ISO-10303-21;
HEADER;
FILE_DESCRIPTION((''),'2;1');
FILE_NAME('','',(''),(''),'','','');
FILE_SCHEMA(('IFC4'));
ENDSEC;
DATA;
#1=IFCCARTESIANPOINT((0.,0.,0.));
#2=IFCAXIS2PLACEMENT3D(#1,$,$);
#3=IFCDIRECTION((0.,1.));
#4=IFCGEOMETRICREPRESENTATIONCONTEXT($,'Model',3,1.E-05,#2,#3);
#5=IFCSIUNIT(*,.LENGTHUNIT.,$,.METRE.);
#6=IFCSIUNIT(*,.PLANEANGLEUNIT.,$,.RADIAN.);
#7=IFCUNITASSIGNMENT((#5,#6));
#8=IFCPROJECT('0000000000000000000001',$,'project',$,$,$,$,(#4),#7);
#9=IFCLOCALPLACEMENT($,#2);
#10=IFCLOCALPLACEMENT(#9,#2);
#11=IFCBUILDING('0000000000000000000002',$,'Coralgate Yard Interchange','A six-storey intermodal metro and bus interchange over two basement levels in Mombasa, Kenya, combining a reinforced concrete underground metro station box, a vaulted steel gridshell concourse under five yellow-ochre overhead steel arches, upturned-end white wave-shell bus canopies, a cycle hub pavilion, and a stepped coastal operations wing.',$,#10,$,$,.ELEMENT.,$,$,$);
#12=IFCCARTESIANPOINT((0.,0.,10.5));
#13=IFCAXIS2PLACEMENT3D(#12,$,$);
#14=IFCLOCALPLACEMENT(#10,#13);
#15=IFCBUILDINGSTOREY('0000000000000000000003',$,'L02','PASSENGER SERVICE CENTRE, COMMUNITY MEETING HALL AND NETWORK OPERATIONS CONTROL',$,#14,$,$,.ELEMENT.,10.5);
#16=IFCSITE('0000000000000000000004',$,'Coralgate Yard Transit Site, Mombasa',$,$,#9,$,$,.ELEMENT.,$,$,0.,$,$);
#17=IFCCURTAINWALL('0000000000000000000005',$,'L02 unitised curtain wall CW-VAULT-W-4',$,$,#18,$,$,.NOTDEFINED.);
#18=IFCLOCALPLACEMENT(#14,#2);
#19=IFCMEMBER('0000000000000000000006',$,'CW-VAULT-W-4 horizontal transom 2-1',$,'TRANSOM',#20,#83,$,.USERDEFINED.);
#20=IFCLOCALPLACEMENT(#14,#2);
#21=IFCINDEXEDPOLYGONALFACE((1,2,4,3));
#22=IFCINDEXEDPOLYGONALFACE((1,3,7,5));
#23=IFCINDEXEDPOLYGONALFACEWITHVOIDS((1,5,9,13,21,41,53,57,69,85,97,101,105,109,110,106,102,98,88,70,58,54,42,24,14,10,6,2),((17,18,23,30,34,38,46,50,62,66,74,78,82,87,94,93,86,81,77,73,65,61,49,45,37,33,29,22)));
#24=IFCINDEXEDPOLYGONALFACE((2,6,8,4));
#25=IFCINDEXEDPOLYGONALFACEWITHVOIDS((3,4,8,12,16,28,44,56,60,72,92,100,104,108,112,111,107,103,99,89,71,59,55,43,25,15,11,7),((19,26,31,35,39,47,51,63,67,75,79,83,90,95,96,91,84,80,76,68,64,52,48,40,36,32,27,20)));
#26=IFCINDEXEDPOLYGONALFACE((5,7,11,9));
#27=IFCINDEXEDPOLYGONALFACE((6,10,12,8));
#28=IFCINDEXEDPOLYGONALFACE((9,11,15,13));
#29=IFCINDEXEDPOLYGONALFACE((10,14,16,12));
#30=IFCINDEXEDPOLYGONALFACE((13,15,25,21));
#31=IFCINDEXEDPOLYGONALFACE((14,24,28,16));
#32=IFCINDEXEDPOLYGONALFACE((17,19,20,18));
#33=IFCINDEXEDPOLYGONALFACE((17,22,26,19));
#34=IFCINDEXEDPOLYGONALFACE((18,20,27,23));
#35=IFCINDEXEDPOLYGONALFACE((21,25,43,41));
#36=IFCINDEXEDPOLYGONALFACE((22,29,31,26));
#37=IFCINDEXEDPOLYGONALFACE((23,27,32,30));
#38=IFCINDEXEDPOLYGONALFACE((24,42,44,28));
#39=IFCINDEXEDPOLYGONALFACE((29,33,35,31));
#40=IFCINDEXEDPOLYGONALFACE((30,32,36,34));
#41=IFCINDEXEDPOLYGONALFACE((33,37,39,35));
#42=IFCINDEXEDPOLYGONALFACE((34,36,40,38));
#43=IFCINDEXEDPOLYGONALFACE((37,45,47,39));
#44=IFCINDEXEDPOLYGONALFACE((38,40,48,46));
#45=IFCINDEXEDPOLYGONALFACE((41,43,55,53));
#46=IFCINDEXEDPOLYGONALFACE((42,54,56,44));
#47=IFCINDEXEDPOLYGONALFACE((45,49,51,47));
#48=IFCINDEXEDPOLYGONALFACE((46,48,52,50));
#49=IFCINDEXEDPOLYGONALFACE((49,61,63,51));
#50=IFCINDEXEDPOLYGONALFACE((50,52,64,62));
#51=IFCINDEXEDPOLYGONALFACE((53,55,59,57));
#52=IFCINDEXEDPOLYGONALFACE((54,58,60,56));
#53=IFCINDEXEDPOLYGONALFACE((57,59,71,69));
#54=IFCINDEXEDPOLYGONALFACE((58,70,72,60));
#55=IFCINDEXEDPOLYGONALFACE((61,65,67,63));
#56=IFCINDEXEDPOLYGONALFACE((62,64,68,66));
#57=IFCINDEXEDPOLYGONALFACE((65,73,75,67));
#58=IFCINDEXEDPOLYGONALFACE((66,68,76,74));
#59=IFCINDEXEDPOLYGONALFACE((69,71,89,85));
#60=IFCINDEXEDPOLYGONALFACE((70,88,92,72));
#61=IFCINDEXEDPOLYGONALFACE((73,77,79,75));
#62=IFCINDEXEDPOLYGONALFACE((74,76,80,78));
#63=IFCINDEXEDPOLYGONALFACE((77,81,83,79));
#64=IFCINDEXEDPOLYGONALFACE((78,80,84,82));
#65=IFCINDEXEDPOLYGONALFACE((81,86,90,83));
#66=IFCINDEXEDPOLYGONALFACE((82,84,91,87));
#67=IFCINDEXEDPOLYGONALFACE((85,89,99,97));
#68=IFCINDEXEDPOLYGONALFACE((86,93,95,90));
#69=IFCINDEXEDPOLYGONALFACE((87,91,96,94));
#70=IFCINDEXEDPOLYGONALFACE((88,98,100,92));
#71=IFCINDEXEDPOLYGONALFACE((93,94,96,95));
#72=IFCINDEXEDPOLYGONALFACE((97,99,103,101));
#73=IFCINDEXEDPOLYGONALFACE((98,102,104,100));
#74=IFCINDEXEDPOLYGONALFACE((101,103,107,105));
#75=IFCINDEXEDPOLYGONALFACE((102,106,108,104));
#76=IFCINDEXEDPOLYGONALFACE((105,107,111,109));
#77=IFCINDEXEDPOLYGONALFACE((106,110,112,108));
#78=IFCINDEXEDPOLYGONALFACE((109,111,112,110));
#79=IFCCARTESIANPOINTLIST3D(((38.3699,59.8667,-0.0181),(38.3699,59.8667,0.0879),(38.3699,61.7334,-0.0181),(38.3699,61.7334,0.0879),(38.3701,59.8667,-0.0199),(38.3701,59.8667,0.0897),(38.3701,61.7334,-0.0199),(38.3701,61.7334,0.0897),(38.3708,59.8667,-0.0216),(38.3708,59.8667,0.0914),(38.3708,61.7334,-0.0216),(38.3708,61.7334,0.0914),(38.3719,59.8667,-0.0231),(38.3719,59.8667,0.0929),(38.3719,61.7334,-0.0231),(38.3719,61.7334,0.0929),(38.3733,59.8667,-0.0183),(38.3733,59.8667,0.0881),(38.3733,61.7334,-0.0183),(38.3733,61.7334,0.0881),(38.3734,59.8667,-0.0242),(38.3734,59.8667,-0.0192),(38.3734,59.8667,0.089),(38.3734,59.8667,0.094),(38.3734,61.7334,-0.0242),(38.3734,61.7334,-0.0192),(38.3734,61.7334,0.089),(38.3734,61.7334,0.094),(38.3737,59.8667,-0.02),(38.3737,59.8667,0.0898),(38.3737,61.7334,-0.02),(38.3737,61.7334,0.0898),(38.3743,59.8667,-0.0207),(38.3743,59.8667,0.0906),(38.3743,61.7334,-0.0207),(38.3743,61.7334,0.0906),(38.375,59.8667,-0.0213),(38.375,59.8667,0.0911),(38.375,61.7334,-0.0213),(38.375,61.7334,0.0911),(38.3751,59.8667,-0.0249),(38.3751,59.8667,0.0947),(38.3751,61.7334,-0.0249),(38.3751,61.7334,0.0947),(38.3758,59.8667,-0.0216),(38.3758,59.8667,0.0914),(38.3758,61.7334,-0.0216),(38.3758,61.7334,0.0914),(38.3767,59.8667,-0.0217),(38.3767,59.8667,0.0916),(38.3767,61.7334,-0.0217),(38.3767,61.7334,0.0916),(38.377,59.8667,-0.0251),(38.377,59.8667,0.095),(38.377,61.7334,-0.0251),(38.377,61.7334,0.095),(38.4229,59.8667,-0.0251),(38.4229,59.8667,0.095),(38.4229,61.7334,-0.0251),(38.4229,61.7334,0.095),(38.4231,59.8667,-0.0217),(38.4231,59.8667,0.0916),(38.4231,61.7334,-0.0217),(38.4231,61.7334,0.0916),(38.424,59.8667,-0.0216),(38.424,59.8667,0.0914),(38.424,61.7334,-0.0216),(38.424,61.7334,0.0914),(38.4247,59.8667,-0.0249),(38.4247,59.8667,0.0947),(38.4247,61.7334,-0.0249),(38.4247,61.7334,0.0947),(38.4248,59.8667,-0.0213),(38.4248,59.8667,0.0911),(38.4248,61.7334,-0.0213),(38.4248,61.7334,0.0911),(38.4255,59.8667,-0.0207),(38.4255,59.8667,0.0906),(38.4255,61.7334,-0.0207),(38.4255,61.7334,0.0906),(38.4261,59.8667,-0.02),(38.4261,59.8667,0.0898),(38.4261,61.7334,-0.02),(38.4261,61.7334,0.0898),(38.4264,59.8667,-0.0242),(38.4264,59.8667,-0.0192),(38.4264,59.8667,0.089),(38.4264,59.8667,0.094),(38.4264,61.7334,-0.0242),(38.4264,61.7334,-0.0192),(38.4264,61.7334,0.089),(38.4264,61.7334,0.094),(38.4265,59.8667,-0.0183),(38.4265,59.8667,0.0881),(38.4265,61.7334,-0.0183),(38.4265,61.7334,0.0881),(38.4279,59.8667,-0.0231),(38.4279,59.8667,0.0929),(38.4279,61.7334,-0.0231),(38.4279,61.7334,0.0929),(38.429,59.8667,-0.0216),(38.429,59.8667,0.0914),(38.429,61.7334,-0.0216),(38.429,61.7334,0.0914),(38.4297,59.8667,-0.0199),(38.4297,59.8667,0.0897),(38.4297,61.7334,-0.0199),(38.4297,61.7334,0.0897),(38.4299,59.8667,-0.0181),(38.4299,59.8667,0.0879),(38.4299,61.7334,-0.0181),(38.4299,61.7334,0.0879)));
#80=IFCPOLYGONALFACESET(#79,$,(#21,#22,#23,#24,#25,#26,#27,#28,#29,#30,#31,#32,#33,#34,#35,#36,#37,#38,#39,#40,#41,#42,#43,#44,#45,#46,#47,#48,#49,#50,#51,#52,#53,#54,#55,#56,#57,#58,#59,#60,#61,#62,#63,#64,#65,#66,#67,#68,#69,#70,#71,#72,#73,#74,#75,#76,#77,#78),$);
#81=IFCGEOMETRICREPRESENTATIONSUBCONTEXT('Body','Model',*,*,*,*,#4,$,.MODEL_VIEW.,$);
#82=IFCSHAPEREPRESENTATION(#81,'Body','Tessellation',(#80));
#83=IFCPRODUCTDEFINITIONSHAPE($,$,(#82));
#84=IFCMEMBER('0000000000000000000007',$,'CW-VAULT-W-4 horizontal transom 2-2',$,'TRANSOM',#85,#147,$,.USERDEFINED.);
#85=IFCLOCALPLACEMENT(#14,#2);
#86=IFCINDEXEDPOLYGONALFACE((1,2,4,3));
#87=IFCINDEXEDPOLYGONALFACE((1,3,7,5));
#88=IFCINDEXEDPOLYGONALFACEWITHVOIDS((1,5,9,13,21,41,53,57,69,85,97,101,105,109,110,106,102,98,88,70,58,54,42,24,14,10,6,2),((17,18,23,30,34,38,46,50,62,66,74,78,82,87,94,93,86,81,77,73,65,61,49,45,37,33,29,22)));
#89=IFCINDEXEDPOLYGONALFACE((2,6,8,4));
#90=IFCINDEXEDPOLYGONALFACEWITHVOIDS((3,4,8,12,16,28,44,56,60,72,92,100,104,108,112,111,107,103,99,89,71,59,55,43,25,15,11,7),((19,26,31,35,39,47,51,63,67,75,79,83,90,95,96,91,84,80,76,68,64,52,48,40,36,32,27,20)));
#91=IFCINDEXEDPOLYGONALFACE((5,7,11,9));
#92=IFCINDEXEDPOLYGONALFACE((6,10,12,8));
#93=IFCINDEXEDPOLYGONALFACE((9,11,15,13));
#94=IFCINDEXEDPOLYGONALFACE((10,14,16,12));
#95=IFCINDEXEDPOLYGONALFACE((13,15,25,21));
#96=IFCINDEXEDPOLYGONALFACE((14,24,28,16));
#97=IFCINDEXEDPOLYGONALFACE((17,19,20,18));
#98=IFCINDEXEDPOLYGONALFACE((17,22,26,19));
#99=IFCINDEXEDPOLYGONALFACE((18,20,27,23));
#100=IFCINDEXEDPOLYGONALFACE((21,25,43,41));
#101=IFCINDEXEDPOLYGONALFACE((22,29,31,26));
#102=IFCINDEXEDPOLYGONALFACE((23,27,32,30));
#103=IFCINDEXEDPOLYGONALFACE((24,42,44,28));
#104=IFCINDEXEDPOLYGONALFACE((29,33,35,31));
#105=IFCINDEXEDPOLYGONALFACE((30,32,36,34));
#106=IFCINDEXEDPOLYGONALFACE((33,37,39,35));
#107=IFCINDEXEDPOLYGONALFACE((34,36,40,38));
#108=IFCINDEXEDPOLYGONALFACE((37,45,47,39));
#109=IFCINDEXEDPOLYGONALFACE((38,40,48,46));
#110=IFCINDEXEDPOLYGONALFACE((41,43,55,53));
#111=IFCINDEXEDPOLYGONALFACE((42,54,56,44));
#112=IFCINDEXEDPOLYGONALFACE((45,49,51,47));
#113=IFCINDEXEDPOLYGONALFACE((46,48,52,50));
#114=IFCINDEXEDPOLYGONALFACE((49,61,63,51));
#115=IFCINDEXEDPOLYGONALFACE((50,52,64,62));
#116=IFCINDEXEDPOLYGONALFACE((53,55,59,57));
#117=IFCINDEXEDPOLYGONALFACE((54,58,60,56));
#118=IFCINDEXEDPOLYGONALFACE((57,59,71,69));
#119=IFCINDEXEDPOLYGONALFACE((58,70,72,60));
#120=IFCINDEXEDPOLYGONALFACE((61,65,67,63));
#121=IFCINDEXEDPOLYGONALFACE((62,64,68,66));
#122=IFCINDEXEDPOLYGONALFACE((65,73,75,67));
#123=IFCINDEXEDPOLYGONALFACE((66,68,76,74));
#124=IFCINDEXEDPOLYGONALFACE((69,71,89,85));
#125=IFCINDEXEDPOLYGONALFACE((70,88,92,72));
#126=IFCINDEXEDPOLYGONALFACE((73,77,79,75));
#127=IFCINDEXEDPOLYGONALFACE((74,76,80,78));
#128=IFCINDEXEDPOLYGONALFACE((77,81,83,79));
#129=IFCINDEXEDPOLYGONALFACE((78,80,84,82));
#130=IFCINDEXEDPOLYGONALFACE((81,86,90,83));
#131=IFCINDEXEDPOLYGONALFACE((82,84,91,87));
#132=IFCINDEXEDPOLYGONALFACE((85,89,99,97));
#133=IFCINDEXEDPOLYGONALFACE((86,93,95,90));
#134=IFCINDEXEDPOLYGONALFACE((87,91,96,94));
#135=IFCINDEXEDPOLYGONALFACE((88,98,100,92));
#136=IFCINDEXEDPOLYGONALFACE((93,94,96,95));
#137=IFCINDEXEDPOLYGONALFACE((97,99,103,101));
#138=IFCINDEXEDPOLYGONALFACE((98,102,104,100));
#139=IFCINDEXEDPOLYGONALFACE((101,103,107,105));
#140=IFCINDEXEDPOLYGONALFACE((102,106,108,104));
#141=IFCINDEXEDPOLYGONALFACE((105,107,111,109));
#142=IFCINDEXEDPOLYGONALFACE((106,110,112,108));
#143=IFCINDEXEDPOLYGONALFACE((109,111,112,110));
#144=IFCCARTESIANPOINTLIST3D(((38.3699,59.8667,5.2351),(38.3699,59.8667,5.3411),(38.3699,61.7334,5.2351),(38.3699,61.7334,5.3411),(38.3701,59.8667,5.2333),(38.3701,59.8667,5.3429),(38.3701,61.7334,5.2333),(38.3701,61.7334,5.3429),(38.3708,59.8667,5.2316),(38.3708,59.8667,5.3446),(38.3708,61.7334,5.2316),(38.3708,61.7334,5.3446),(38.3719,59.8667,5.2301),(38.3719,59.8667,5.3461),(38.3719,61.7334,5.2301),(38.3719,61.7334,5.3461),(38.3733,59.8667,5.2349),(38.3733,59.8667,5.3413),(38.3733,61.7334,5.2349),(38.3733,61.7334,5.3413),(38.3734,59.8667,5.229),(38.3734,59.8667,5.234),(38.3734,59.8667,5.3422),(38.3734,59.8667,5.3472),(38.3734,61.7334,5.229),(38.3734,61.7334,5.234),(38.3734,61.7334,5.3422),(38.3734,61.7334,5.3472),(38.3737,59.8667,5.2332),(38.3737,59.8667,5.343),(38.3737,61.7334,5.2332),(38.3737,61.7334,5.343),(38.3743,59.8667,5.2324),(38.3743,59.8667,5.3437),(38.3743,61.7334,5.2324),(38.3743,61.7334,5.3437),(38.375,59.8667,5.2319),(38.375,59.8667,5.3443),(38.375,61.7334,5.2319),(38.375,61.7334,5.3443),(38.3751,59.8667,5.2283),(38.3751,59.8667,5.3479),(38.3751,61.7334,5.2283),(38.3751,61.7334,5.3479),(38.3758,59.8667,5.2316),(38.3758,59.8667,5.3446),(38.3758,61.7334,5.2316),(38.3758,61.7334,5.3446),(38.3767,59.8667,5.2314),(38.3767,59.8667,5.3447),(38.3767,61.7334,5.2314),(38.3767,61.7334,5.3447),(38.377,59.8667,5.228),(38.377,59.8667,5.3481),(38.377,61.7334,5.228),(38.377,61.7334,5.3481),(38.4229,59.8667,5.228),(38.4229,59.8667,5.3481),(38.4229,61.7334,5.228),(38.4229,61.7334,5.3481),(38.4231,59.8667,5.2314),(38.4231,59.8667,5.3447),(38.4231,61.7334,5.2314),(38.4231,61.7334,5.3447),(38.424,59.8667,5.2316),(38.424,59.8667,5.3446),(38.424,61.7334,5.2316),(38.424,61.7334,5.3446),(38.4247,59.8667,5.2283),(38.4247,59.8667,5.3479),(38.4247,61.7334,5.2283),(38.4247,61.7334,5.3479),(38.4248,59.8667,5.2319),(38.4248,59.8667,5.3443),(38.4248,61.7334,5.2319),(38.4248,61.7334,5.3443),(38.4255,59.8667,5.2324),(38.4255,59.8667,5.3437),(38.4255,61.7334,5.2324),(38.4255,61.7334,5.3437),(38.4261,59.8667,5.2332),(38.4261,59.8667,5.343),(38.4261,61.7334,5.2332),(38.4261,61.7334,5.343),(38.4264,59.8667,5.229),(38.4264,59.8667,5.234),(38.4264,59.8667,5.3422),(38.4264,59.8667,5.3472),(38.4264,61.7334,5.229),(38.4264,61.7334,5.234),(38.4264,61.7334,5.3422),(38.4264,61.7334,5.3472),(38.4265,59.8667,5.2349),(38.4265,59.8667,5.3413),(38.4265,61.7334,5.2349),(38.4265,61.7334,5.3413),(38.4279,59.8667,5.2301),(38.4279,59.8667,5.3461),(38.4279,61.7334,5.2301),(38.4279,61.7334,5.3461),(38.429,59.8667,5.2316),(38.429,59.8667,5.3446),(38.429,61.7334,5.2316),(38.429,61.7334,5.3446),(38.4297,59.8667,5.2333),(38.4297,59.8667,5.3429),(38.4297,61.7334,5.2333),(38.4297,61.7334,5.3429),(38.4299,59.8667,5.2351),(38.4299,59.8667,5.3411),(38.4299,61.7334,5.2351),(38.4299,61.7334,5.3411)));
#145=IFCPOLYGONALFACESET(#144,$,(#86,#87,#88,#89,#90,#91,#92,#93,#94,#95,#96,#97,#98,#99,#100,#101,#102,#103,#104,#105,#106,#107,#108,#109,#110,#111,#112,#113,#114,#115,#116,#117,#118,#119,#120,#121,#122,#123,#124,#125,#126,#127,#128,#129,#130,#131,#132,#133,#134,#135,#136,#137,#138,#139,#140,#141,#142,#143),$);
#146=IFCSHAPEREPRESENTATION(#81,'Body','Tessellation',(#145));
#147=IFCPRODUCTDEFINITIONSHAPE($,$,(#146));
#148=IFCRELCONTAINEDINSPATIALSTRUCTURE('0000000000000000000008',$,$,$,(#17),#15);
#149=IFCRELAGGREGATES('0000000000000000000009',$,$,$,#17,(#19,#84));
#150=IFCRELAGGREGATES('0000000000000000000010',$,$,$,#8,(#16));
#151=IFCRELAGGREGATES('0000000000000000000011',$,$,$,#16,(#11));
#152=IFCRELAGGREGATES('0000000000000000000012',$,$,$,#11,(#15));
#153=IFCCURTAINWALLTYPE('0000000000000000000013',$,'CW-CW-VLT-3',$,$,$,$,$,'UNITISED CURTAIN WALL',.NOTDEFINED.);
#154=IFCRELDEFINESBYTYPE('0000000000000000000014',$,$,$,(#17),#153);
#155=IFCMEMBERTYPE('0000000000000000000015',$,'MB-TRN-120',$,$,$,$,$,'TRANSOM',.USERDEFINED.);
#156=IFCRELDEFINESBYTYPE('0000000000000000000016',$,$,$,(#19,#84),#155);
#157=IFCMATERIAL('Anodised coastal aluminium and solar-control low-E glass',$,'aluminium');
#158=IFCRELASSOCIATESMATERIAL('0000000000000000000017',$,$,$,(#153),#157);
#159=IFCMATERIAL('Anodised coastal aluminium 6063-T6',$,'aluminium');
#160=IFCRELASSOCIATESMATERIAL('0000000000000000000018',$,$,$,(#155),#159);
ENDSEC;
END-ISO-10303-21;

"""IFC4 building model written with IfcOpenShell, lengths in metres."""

from ifc_helpers import new_model, si_unit, direction, frame, origin, origin_2d, place, context, subcontext, project, spatial, hollow_rectangle, extrude, material, material_profile, profile_set, type_object, element, aggregate, save


model = new_model("IFC4")

# Units and contexts
model_context = context("Model", 3, precision=1e-05, world=origin(), true_north=direction((0.0, 1.0)))
body_context = subcontext(model_context, "Body", "Model", "MODEL_VIEW")
ifc_project = project(units=[si_unit("LENGTHUNIT", "METRE"), si_unit("PLANEANGLEUNIT", "RADIAN")], contexts=[model_context])

# Site, building, storey
site_placement = place(None, origin())
site = spatial("IfcSite", under=ifc_project, at=site_placement, Name="Coralgate Yard Transit Site, Mombasa", CompositionType="ELEMENT", RefElevation=0.0)
building_placement = place(site_placement, origin())
building = spatial("IfcBuilding", under=site, at=building_placement, Name="Coralgate Yard Interchange", Description="A six-storey intermodal metro and bus interchange over two basement levels in Mombasa, Kenya, combining a reinforced concrete underground metro station box, a vaulted steel gridshell concourse under five yellow-ochre overhead steel arches, upturned-end white wave-shell bus canopies, a cycle hub pavilion, and a stepped coastal operations wing.", CompositionType="ELEMENT")
storey_placement = place(building_placement, frame((0.0, 0.0, 10.5)))
storey = spatial("IfcBuildingStorey", under=building, at=storey_placement, Name="L02", Description="PASSENGER SERVICE CENTRE, COMMUNITY MEETING HALL AND NETWORK OPERATIONS CONTROL", CompositionType="ELEMENT", Elevation=10.5)

# Curtain wall
ifc_material_1 = material(Name="Anodised coastal aluminium and solar-control low-E glass", Category="aluminium")
curtain_wall_type = type_object("IfcCurtainWallType", Name="CW-CW-VLT-3", ElementType="UNITISED CURTAIN WALL", PredefinedType="NOTDEFINED", material=ifc_material_1)
ifc_material_2 = material(Name="Anodised coastal aluminium 6063-T6", Category="aluminium")
curtain_wall_1_placement = place(storey_placement, origin())
curtain_wall_1 = element("IfcCurtainWall", 1, at=curtain_wall_1_placement, inside=storey, type_object=curtain_wall_type, Name="L02 unitised curtain wall CW-VAULT-W-4", PredefinedType="NOTDEFINED")

# Members
ifc_material_profile_1 = material_profile(ifc_material_2, hollow_rectangle(XDim=0.0601, YDim=0.1201, WallThickness=0.0034, InnerFilletRadius=0.0034, OuterFilletRadius=0.0071, at=origin_2d()), Name="ALU 60x120x3.5")
ifc_profile_set_1 = profile_set([ifc_material_profile_1], Name="Anodised coastal aluminium 6063-T6")
member_type_1 = type_object("IfcMemberType", Name="MB-TRN-120", ElementType="TRANSOM", PredefinedType="USERDEFINED", material=ifc_profile_set_1)
member_1_placement = place(storey_placement, frame((38.3999, 59.8667, 0.0349), z_axis=(0.0, 1.0, 0.0), x_axis=(-1.0, 0.0, 0.0)))
member_1 = element("IfcMember", 2, at=member_1_placement, type_object=member_type_1, Name="CW-VAULT-W-4 horizontal transom 2-1", ObjectType="TRANSOM", PredefinedType="USERDEFINED", context=body_context, shape_type="SweptSolid", body=[
    extrude(hollow_rectangle(XDim=0.0601, YDim=0.1201, WallThickness=0.0034, InnerFilletRadius=0.0034, OuterFilletRadius=0.0071, at=origin_2d()), origin(), (0.0, 0.0, 1.0), 1.8667),
])
member_2_placement = place(storey_placement, frame((38.3999, 59.8667, 5.2881), z_axis=(0.0, 1.0, 0.0), x_axis=(-1.0, 0.0, 0.0)))
member_2 = element("IfcMember", 3, at=member_2_placement, type_object=member_type_1, Name="CW-VAULT-W-4 horizontal transom 2-2", ObjectType="TRANSOM", PredefinedType="USERDEFINED", context=body_context, shape_type="SweptSolid", body=[
    extrude(hollow_rectangle(XDim=0.0601, YDim=0.1201, WallThickness=0.0034, InnerFilletRadius=0.0034, OuterFilletRadius=0.0071, at=origin_2d()), origin(), (0.0, 0.0, 1.0), 1.8667),
])

aggregate(curtain_wall_1, [member_1, member_2])

save(model, "model.ifc")
